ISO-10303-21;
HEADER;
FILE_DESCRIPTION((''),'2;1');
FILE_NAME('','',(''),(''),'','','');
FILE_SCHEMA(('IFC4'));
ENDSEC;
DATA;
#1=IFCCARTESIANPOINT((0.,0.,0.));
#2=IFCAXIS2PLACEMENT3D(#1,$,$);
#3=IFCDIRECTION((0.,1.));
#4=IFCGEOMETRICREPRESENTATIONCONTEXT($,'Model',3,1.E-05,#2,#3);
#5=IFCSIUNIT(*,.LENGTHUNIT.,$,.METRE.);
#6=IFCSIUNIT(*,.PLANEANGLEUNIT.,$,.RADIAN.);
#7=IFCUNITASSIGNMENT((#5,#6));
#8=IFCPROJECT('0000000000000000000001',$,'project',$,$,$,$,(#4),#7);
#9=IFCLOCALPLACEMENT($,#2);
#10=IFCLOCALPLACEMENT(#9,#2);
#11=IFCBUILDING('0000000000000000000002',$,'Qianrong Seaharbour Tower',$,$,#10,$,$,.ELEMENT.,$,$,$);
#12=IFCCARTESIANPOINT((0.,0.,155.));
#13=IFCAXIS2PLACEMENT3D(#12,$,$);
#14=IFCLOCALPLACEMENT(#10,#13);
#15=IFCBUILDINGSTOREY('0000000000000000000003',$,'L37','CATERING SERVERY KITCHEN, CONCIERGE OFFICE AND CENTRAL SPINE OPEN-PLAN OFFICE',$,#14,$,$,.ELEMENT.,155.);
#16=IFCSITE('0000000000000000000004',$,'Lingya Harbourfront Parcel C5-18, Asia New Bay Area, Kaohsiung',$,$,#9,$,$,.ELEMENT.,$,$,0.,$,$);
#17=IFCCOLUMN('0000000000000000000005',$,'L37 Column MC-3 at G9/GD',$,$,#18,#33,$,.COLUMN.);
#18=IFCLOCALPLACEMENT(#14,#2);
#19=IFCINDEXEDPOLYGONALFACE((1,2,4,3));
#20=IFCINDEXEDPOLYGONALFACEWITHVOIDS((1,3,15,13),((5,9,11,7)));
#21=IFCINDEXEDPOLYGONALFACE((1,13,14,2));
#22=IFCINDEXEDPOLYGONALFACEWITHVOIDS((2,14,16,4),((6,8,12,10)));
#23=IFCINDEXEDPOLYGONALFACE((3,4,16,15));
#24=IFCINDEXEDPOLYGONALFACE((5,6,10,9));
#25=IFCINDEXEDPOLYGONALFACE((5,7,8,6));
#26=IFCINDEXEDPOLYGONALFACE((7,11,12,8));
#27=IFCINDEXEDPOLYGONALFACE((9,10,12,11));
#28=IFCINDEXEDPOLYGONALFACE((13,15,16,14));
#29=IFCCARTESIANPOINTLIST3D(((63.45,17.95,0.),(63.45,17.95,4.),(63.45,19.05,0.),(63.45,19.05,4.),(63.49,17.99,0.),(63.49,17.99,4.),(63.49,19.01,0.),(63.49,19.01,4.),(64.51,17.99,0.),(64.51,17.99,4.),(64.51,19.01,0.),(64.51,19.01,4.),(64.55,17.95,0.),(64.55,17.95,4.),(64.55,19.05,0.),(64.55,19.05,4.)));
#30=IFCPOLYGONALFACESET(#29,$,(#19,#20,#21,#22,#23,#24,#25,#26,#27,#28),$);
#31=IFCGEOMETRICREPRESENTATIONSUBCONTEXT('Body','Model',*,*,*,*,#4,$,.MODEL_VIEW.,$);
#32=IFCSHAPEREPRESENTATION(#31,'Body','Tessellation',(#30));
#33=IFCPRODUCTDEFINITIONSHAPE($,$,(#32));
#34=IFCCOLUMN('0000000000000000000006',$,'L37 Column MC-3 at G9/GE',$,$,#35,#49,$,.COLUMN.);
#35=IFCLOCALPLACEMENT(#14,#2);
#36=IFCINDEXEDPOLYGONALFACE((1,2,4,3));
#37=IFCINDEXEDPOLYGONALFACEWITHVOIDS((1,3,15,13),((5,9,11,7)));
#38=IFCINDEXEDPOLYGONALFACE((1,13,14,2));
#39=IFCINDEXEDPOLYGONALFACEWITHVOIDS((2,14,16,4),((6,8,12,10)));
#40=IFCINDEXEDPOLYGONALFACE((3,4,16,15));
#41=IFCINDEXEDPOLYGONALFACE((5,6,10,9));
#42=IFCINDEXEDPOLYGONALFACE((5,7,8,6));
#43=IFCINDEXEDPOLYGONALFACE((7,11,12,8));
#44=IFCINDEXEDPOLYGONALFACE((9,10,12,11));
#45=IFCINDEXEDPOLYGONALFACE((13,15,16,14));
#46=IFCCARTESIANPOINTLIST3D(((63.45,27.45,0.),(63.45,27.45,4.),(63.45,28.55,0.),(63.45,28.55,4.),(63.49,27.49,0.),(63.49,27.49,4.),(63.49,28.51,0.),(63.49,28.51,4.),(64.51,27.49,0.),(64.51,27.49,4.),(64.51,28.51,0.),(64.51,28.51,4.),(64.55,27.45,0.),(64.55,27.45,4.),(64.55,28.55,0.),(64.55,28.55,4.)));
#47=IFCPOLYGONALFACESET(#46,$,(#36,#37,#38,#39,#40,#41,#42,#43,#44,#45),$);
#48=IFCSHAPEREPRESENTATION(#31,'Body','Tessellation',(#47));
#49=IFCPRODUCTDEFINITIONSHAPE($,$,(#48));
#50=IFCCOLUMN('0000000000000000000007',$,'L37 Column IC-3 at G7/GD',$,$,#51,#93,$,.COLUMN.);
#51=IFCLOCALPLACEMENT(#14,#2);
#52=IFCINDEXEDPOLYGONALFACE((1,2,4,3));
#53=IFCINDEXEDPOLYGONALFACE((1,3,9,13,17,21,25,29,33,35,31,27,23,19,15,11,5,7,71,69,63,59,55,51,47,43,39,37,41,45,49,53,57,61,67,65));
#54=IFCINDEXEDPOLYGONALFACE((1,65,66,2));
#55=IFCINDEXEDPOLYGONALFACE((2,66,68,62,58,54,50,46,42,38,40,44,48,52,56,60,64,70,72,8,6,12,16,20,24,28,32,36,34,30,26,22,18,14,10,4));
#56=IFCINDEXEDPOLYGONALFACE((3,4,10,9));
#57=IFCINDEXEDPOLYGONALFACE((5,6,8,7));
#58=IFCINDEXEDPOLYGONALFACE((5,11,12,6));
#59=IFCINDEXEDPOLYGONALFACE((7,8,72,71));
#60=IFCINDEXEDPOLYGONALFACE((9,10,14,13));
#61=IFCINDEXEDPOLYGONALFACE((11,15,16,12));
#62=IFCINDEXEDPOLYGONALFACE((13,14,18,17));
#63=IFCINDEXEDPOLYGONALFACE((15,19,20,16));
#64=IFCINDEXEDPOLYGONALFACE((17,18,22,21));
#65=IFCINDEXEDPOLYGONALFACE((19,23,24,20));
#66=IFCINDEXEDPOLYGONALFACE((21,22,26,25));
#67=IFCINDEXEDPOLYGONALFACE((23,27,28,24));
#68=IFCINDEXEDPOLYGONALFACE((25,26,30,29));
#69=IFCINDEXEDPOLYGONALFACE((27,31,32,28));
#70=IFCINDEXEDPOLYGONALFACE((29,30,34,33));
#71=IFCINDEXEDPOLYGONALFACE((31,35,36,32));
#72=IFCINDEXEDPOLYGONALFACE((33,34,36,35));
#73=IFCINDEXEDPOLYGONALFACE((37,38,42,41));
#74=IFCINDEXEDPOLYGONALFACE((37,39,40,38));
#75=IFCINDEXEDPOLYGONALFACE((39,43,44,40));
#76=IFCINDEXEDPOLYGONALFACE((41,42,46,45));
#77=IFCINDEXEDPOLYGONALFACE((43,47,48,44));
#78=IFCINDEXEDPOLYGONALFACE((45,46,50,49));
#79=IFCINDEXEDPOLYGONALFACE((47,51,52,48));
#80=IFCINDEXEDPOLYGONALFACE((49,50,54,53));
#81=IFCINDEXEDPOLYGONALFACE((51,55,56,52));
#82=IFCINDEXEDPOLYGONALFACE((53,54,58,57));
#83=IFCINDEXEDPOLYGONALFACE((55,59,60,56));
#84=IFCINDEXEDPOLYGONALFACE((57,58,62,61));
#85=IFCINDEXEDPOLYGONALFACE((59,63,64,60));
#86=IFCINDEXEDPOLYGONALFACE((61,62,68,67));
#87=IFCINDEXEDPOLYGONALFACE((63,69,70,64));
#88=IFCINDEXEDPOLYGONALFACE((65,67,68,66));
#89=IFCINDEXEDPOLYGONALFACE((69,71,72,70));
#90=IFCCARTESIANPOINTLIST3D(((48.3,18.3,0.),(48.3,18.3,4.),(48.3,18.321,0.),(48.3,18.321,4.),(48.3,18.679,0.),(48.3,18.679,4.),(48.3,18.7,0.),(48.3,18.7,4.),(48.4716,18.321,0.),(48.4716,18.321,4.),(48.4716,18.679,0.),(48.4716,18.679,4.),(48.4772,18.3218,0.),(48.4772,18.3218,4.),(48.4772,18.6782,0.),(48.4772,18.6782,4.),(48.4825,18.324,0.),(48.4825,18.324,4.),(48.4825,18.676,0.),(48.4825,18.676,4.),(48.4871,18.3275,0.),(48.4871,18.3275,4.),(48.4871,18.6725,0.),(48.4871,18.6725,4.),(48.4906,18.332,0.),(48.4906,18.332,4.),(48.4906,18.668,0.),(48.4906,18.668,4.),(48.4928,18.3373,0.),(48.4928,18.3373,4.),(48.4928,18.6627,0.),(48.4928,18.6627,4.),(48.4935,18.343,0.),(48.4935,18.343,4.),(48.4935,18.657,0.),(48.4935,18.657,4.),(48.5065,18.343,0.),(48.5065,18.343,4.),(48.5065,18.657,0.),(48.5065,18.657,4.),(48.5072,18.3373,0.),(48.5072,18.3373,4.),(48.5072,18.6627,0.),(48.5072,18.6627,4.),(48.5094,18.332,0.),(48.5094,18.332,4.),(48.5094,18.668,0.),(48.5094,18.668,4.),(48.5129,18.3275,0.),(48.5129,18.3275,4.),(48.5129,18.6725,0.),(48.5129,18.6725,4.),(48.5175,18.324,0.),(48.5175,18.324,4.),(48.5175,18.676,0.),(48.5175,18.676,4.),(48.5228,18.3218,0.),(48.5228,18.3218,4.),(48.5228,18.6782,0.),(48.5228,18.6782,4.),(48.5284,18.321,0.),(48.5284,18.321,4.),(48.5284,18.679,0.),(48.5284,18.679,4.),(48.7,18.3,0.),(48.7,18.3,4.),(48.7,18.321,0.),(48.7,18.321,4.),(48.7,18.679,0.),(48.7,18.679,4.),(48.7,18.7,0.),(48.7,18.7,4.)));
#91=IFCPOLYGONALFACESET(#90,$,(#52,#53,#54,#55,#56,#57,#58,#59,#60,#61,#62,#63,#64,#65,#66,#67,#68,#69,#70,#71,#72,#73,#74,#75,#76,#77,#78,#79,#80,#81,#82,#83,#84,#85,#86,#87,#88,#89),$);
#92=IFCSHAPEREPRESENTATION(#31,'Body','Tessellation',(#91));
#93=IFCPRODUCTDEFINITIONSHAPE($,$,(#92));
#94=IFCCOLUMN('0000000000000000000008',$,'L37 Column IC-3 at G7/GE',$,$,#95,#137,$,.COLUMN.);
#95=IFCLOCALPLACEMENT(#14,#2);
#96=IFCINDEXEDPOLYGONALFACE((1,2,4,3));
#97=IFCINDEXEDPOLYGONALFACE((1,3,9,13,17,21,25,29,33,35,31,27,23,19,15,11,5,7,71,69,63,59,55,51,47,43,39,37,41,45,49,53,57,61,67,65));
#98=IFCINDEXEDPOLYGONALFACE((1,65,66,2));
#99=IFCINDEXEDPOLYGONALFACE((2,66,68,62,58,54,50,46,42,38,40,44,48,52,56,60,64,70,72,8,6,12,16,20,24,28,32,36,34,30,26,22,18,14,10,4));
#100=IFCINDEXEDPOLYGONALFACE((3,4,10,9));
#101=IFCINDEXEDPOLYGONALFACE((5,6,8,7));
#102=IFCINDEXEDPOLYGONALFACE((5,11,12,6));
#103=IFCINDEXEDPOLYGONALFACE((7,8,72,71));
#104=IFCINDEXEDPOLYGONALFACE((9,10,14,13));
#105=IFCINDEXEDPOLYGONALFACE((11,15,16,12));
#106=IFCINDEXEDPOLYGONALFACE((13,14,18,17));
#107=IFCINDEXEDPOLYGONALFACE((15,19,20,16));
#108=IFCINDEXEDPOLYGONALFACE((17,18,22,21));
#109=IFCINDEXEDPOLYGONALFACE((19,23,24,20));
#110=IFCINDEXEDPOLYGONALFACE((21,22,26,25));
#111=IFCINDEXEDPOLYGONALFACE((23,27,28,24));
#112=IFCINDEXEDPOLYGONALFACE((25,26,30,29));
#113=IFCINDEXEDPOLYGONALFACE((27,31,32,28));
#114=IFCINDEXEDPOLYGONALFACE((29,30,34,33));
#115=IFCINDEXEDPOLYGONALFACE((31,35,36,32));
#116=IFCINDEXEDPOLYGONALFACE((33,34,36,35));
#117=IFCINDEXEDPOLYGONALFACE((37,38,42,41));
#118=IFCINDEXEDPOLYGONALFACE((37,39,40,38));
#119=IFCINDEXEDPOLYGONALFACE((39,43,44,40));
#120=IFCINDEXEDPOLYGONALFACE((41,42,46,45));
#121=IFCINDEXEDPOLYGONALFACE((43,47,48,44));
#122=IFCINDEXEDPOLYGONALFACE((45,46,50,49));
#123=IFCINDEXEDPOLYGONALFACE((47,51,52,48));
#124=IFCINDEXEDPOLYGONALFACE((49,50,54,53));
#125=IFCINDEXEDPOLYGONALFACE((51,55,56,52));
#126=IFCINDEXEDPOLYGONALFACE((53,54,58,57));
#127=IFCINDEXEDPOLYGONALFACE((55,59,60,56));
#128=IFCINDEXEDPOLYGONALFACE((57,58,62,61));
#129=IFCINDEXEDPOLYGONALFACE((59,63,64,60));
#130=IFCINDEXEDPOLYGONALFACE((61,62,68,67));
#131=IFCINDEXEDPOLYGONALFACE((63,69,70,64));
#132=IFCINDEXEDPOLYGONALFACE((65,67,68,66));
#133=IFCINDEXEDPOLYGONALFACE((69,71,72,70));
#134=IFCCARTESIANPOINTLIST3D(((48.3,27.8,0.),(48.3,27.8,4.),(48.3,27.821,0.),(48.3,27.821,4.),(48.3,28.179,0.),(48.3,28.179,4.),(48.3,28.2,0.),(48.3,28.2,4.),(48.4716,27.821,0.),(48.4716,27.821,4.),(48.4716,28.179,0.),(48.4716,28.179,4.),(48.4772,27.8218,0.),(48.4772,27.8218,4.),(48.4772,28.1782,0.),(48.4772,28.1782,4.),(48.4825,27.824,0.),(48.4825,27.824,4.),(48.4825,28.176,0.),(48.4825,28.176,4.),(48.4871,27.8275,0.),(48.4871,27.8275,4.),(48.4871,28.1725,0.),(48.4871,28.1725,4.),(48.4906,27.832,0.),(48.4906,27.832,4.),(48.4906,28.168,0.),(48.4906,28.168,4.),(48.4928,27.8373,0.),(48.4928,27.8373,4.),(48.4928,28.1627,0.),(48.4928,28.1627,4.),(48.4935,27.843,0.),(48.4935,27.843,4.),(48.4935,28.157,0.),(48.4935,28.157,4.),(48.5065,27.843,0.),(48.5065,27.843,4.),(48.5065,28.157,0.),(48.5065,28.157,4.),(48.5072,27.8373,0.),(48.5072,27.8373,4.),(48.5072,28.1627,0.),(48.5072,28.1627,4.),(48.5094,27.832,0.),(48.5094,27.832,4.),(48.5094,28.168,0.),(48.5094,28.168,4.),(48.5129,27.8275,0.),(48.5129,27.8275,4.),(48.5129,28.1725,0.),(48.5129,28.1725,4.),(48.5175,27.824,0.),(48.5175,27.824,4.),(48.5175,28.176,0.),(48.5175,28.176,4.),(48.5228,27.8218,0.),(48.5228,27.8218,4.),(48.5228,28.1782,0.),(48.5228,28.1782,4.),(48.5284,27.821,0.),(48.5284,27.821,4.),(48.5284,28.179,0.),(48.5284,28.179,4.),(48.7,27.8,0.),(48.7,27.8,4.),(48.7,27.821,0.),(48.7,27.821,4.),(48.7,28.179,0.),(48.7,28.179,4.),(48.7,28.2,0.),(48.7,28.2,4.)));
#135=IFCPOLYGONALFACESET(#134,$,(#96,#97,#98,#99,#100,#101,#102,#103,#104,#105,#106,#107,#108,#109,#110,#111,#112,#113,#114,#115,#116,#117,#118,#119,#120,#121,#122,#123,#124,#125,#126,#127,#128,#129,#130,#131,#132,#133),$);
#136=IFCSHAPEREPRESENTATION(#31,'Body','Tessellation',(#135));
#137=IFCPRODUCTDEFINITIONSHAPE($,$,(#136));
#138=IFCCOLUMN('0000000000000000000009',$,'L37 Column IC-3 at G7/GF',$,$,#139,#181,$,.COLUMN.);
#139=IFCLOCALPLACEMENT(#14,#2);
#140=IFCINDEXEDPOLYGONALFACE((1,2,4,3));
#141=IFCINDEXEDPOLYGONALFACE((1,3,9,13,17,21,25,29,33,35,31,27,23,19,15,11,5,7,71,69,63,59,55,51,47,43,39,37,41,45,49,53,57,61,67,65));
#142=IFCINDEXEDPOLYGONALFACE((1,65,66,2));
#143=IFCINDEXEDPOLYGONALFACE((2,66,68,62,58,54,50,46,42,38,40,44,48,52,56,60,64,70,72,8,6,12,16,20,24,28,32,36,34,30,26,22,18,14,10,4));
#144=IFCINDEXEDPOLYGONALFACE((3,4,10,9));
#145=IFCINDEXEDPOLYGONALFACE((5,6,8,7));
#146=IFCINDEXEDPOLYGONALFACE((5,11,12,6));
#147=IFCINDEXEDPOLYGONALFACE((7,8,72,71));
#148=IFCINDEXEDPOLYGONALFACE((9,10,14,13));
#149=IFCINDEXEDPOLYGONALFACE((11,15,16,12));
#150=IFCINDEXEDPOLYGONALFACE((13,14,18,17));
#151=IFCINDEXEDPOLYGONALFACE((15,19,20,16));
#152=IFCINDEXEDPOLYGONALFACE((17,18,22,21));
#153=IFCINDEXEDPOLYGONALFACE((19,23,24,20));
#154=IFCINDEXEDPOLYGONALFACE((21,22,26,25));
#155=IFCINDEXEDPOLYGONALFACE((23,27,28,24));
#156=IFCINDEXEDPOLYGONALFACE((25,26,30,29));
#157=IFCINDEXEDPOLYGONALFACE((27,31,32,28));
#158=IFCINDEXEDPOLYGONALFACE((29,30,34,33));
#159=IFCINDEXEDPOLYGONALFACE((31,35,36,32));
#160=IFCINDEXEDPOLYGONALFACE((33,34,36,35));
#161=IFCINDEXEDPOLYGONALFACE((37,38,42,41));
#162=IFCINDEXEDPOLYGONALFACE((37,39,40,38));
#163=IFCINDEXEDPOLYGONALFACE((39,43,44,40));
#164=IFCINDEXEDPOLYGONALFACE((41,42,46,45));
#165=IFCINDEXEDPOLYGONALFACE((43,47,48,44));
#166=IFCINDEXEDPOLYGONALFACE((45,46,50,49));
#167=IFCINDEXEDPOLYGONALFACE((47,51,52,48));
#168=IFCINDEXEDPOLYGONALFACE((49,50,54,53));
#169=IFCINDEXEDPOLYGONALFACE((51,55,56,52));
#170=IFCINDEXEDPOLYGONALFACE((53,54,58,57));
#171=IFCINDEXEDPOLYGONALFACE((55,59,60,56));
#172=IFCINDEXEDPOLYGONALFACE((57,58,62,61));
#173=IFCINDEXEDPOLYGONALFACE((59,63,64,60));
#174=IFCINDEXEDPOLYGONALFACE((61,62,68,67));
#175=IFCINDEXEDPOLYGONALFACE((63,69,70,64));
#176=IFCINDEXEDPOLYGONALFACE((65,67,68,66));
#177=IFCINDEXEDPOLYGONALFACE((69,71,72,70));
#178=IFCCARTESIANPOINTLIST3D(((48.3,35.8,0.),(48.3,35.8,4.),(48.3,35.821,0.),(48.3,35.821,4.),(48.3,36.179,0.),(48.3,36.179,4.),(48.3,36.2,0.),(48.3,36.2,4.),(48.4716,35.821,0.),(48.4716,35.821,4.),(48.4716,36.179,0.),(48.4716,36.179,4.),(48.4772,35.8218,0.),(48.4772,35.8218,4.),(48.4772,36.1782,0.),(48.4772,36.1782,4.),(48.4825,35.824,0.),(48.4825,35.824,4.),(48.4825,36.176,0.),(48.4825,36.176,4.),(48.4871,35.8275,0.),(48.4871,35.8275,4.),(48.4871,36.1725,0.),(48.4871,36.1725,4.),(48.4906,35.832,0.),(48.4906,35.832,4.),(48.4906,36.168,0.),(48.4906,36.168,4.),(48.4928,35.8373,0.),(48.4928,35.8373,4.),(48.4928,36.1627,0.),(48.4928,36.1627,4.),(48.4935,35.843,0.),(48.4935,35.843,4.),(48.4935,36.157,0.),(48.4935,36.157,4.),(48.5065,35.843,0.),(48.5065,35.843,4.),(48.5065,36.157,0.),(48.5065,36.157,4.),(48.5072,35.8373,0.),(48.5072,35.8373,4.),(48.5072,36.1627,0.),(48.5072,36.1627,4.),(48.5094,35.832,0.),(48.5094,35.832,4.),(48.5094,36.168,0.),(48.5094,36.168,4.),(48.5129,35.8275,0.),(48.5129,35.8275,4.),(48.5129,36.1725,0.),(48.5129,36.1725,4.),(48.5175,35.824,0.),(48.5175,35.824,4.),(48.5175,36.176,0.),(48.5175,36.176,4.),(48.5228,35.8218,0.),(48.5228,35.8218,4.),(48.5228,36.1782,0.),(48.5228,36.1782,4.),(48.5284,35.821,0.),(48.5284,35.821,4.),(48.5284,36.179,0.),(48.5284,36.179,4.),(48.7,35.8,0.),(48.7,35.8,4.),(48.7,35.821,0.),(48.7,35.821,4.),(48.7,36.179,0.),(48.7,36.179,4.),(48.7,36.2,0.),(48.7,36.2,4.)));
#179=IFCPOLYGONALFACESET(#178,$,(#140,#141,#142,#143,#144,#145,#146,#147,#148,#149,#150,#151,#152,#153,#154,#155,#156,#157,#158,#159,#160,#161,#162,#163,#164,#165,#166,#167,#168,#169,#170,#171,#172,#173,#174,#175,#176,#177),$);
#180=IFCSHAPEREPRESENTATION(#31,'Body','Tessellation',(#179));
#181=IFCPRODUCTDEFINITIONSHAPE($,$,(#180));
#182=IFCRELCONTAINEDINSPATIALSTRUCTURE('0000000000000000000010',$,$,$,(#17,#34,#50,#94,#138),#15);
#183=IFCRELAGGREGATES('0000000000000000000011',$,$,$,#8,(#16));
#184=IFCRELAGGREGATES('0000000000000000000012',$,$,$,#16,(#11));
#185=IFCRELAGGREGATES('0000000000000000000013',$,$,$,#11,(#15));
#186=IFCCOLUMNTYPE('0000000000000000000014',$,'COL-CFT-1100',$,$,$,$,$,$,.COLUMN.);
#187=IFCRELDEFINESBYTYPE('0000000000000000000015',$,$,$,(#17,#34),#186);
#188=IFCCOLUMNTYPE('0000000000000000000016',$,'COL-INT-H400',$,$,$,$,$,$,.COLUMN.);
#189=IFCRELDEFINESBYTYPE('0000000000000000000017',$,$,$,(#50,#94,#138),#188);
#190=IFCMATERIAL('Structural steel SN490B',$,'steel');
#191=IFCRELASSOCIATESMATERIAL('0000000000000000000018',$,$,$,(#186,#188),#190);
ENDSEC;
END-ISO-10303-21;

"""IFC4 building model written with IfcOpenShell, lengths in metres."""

from ifc_helpers import new_model, si_unit, direction, frame, origin, origin_2d, place, context, subcontext, project, spatial, hollow_rectangle, i_section, extrude, material, material_profile, profile_set, type_object, element, save


model = new_model("IFC4")

# Units and contexts
model_context = context("Model", 3, precision=1e-05, world=origin(), true_north=direction((0.0, 1.0)))
body_context = subcontext(model_context, "Body", "Model", "MODEL_VIEW")
ifc_project = project(units=[si_unit("LENGTHUNIT", "METRE"), si_unit("PLANEANGLEUNIT", "RADIAN")], contexts=[model_context])

# Site, building, storey
site_placement = place(None, origin())
site = spatial("IfcSite", under=ifc_project, at=site_placement, Name="Lingya Harbourfront Parcel C5-18, Asia New Bay Area, Kaohsiung", CompositionType="ELEMENT", RefElevation=0.0)
building_placement = place(site_placement, origin())
building = spatial("IfcBuilding", under=site, at=building_placement, Name="Qianrong Seaharbour Tower", CompositionType="ELEMENT")
storey_placement = place(building_placement, frame((0.0, 0.0, 155.0)))
storey = spatial("IfcBuildingStorey", under=building, at=storey_placement, Name="L37", Description="CATERING SERVERY KITCHEN, CONCIERGE OFFICE AND CENTRAL SPINE OPEN-PLAN OFFICE", CompositionType="ELEMENT", Elevation=155.0)

# Columns
ifc_material_1 = material(Name="Structural steel SN490B", Category="steel")
ifc_material_profile_1 = material_profile(ifc_material_1, hollow_rectangle(XDim=1.1001, YDim=1.1001, WallThickness=0.04, at=origin_2d()), Name="BOX1100x1100x40")
ifc_profile_set_1 = profile_set([ifc_material_profile_1], Name="Structural steel SN490B")
column_type_1 = type_object("IfcColumnType", Name="COL-CFT-1100", PredefinedType="COLUMN", material=ifc_profile_set_1)
for number, where, z_axis, x_axis, name in (
    (1, (64.0, 18.5, 0.0), (0.0, 0.0, 1.0), (1.0, 0.0, 0.0), "L37 Column MC-3 at G9/GD"),
    (2, (64.0, 28.0, 0.0), (0.0, 0.0, 1.0), (1.0, 0.0, 0.0), "L37 Column MC-3 at G9/GE"),
):
    element("IfcColumn", number, at=place(storey_placement, frame(where, z_axis=z_axis, x_axis=x_axis)), inside=storey, type_object=column_type_1, Name=name, PredefinedType="COLUMN", context=body_context, shape_type="SweptSolid", body=[
        extrude(hollow_rectangle(XDim=1.1001, YDim=1.1001, WallThickness=0.04, at=origin_2d()), origin(), (0.0, 0.0, 1.0), 4.0),
    ])
ifc_material_profile_2 = material_profile(ifc_material_1, i_section(OverallWidth=0.3999, OverallDepth=0.3999, WebThickness=0.0129, FlangeThickness=0.021, FilletRadius=0.022, at=origin_2d()), Name="H400x400x13x21")
ifc_profile_set_2 = profile_set([ifc_material_profile_2], Name="Structural steel SN490B")
column_type_2 = type_object("IfcColumnType", Name="COL-INT-H400", PredefinedType="COLUMN", material=ifc_profile_set_2)
for number, where, z_axis, x_axis, name in (
    (3, (48.5, 18.5, 0.0), (0.0, 0.0, 1.0), (1.0, 0.0, 0.0), "L37 Column IC-3 at G7/GD"),
    (4, (48.5, 28.0, 0.0), (0.0, 0.0, 1.0), (1.0, 0.0, 0.0), "L37 Column IC-3 at G7/GE"),
    (5, (48.5, 36.0, 0.0), (0.0, 0.0, 1.0), (1.0, 0.0, 0.0), "L37 Column IC-3 at G7/GF"),
):
    element("IfcColumn", number, at=place(storey_placement, frame(where, z_axis=z_axis, x_axis=x_axis)), inside=storey, type_object=column_type_2, Name=name, PredefinedType="COLUMN", context=body_context, shape_type="SweptSolid", body=[
        extrude(i_section(OverallWidth=0.3999, OverallDepth=0.3999, WebThickness=0.0129, FlangeThickness=0.021, FilletRadius=0.022, at=origin_2d()), origin(), (0.0, 0.0, 1.0), 4.0),
    ])

save(model, "model.ifc")
